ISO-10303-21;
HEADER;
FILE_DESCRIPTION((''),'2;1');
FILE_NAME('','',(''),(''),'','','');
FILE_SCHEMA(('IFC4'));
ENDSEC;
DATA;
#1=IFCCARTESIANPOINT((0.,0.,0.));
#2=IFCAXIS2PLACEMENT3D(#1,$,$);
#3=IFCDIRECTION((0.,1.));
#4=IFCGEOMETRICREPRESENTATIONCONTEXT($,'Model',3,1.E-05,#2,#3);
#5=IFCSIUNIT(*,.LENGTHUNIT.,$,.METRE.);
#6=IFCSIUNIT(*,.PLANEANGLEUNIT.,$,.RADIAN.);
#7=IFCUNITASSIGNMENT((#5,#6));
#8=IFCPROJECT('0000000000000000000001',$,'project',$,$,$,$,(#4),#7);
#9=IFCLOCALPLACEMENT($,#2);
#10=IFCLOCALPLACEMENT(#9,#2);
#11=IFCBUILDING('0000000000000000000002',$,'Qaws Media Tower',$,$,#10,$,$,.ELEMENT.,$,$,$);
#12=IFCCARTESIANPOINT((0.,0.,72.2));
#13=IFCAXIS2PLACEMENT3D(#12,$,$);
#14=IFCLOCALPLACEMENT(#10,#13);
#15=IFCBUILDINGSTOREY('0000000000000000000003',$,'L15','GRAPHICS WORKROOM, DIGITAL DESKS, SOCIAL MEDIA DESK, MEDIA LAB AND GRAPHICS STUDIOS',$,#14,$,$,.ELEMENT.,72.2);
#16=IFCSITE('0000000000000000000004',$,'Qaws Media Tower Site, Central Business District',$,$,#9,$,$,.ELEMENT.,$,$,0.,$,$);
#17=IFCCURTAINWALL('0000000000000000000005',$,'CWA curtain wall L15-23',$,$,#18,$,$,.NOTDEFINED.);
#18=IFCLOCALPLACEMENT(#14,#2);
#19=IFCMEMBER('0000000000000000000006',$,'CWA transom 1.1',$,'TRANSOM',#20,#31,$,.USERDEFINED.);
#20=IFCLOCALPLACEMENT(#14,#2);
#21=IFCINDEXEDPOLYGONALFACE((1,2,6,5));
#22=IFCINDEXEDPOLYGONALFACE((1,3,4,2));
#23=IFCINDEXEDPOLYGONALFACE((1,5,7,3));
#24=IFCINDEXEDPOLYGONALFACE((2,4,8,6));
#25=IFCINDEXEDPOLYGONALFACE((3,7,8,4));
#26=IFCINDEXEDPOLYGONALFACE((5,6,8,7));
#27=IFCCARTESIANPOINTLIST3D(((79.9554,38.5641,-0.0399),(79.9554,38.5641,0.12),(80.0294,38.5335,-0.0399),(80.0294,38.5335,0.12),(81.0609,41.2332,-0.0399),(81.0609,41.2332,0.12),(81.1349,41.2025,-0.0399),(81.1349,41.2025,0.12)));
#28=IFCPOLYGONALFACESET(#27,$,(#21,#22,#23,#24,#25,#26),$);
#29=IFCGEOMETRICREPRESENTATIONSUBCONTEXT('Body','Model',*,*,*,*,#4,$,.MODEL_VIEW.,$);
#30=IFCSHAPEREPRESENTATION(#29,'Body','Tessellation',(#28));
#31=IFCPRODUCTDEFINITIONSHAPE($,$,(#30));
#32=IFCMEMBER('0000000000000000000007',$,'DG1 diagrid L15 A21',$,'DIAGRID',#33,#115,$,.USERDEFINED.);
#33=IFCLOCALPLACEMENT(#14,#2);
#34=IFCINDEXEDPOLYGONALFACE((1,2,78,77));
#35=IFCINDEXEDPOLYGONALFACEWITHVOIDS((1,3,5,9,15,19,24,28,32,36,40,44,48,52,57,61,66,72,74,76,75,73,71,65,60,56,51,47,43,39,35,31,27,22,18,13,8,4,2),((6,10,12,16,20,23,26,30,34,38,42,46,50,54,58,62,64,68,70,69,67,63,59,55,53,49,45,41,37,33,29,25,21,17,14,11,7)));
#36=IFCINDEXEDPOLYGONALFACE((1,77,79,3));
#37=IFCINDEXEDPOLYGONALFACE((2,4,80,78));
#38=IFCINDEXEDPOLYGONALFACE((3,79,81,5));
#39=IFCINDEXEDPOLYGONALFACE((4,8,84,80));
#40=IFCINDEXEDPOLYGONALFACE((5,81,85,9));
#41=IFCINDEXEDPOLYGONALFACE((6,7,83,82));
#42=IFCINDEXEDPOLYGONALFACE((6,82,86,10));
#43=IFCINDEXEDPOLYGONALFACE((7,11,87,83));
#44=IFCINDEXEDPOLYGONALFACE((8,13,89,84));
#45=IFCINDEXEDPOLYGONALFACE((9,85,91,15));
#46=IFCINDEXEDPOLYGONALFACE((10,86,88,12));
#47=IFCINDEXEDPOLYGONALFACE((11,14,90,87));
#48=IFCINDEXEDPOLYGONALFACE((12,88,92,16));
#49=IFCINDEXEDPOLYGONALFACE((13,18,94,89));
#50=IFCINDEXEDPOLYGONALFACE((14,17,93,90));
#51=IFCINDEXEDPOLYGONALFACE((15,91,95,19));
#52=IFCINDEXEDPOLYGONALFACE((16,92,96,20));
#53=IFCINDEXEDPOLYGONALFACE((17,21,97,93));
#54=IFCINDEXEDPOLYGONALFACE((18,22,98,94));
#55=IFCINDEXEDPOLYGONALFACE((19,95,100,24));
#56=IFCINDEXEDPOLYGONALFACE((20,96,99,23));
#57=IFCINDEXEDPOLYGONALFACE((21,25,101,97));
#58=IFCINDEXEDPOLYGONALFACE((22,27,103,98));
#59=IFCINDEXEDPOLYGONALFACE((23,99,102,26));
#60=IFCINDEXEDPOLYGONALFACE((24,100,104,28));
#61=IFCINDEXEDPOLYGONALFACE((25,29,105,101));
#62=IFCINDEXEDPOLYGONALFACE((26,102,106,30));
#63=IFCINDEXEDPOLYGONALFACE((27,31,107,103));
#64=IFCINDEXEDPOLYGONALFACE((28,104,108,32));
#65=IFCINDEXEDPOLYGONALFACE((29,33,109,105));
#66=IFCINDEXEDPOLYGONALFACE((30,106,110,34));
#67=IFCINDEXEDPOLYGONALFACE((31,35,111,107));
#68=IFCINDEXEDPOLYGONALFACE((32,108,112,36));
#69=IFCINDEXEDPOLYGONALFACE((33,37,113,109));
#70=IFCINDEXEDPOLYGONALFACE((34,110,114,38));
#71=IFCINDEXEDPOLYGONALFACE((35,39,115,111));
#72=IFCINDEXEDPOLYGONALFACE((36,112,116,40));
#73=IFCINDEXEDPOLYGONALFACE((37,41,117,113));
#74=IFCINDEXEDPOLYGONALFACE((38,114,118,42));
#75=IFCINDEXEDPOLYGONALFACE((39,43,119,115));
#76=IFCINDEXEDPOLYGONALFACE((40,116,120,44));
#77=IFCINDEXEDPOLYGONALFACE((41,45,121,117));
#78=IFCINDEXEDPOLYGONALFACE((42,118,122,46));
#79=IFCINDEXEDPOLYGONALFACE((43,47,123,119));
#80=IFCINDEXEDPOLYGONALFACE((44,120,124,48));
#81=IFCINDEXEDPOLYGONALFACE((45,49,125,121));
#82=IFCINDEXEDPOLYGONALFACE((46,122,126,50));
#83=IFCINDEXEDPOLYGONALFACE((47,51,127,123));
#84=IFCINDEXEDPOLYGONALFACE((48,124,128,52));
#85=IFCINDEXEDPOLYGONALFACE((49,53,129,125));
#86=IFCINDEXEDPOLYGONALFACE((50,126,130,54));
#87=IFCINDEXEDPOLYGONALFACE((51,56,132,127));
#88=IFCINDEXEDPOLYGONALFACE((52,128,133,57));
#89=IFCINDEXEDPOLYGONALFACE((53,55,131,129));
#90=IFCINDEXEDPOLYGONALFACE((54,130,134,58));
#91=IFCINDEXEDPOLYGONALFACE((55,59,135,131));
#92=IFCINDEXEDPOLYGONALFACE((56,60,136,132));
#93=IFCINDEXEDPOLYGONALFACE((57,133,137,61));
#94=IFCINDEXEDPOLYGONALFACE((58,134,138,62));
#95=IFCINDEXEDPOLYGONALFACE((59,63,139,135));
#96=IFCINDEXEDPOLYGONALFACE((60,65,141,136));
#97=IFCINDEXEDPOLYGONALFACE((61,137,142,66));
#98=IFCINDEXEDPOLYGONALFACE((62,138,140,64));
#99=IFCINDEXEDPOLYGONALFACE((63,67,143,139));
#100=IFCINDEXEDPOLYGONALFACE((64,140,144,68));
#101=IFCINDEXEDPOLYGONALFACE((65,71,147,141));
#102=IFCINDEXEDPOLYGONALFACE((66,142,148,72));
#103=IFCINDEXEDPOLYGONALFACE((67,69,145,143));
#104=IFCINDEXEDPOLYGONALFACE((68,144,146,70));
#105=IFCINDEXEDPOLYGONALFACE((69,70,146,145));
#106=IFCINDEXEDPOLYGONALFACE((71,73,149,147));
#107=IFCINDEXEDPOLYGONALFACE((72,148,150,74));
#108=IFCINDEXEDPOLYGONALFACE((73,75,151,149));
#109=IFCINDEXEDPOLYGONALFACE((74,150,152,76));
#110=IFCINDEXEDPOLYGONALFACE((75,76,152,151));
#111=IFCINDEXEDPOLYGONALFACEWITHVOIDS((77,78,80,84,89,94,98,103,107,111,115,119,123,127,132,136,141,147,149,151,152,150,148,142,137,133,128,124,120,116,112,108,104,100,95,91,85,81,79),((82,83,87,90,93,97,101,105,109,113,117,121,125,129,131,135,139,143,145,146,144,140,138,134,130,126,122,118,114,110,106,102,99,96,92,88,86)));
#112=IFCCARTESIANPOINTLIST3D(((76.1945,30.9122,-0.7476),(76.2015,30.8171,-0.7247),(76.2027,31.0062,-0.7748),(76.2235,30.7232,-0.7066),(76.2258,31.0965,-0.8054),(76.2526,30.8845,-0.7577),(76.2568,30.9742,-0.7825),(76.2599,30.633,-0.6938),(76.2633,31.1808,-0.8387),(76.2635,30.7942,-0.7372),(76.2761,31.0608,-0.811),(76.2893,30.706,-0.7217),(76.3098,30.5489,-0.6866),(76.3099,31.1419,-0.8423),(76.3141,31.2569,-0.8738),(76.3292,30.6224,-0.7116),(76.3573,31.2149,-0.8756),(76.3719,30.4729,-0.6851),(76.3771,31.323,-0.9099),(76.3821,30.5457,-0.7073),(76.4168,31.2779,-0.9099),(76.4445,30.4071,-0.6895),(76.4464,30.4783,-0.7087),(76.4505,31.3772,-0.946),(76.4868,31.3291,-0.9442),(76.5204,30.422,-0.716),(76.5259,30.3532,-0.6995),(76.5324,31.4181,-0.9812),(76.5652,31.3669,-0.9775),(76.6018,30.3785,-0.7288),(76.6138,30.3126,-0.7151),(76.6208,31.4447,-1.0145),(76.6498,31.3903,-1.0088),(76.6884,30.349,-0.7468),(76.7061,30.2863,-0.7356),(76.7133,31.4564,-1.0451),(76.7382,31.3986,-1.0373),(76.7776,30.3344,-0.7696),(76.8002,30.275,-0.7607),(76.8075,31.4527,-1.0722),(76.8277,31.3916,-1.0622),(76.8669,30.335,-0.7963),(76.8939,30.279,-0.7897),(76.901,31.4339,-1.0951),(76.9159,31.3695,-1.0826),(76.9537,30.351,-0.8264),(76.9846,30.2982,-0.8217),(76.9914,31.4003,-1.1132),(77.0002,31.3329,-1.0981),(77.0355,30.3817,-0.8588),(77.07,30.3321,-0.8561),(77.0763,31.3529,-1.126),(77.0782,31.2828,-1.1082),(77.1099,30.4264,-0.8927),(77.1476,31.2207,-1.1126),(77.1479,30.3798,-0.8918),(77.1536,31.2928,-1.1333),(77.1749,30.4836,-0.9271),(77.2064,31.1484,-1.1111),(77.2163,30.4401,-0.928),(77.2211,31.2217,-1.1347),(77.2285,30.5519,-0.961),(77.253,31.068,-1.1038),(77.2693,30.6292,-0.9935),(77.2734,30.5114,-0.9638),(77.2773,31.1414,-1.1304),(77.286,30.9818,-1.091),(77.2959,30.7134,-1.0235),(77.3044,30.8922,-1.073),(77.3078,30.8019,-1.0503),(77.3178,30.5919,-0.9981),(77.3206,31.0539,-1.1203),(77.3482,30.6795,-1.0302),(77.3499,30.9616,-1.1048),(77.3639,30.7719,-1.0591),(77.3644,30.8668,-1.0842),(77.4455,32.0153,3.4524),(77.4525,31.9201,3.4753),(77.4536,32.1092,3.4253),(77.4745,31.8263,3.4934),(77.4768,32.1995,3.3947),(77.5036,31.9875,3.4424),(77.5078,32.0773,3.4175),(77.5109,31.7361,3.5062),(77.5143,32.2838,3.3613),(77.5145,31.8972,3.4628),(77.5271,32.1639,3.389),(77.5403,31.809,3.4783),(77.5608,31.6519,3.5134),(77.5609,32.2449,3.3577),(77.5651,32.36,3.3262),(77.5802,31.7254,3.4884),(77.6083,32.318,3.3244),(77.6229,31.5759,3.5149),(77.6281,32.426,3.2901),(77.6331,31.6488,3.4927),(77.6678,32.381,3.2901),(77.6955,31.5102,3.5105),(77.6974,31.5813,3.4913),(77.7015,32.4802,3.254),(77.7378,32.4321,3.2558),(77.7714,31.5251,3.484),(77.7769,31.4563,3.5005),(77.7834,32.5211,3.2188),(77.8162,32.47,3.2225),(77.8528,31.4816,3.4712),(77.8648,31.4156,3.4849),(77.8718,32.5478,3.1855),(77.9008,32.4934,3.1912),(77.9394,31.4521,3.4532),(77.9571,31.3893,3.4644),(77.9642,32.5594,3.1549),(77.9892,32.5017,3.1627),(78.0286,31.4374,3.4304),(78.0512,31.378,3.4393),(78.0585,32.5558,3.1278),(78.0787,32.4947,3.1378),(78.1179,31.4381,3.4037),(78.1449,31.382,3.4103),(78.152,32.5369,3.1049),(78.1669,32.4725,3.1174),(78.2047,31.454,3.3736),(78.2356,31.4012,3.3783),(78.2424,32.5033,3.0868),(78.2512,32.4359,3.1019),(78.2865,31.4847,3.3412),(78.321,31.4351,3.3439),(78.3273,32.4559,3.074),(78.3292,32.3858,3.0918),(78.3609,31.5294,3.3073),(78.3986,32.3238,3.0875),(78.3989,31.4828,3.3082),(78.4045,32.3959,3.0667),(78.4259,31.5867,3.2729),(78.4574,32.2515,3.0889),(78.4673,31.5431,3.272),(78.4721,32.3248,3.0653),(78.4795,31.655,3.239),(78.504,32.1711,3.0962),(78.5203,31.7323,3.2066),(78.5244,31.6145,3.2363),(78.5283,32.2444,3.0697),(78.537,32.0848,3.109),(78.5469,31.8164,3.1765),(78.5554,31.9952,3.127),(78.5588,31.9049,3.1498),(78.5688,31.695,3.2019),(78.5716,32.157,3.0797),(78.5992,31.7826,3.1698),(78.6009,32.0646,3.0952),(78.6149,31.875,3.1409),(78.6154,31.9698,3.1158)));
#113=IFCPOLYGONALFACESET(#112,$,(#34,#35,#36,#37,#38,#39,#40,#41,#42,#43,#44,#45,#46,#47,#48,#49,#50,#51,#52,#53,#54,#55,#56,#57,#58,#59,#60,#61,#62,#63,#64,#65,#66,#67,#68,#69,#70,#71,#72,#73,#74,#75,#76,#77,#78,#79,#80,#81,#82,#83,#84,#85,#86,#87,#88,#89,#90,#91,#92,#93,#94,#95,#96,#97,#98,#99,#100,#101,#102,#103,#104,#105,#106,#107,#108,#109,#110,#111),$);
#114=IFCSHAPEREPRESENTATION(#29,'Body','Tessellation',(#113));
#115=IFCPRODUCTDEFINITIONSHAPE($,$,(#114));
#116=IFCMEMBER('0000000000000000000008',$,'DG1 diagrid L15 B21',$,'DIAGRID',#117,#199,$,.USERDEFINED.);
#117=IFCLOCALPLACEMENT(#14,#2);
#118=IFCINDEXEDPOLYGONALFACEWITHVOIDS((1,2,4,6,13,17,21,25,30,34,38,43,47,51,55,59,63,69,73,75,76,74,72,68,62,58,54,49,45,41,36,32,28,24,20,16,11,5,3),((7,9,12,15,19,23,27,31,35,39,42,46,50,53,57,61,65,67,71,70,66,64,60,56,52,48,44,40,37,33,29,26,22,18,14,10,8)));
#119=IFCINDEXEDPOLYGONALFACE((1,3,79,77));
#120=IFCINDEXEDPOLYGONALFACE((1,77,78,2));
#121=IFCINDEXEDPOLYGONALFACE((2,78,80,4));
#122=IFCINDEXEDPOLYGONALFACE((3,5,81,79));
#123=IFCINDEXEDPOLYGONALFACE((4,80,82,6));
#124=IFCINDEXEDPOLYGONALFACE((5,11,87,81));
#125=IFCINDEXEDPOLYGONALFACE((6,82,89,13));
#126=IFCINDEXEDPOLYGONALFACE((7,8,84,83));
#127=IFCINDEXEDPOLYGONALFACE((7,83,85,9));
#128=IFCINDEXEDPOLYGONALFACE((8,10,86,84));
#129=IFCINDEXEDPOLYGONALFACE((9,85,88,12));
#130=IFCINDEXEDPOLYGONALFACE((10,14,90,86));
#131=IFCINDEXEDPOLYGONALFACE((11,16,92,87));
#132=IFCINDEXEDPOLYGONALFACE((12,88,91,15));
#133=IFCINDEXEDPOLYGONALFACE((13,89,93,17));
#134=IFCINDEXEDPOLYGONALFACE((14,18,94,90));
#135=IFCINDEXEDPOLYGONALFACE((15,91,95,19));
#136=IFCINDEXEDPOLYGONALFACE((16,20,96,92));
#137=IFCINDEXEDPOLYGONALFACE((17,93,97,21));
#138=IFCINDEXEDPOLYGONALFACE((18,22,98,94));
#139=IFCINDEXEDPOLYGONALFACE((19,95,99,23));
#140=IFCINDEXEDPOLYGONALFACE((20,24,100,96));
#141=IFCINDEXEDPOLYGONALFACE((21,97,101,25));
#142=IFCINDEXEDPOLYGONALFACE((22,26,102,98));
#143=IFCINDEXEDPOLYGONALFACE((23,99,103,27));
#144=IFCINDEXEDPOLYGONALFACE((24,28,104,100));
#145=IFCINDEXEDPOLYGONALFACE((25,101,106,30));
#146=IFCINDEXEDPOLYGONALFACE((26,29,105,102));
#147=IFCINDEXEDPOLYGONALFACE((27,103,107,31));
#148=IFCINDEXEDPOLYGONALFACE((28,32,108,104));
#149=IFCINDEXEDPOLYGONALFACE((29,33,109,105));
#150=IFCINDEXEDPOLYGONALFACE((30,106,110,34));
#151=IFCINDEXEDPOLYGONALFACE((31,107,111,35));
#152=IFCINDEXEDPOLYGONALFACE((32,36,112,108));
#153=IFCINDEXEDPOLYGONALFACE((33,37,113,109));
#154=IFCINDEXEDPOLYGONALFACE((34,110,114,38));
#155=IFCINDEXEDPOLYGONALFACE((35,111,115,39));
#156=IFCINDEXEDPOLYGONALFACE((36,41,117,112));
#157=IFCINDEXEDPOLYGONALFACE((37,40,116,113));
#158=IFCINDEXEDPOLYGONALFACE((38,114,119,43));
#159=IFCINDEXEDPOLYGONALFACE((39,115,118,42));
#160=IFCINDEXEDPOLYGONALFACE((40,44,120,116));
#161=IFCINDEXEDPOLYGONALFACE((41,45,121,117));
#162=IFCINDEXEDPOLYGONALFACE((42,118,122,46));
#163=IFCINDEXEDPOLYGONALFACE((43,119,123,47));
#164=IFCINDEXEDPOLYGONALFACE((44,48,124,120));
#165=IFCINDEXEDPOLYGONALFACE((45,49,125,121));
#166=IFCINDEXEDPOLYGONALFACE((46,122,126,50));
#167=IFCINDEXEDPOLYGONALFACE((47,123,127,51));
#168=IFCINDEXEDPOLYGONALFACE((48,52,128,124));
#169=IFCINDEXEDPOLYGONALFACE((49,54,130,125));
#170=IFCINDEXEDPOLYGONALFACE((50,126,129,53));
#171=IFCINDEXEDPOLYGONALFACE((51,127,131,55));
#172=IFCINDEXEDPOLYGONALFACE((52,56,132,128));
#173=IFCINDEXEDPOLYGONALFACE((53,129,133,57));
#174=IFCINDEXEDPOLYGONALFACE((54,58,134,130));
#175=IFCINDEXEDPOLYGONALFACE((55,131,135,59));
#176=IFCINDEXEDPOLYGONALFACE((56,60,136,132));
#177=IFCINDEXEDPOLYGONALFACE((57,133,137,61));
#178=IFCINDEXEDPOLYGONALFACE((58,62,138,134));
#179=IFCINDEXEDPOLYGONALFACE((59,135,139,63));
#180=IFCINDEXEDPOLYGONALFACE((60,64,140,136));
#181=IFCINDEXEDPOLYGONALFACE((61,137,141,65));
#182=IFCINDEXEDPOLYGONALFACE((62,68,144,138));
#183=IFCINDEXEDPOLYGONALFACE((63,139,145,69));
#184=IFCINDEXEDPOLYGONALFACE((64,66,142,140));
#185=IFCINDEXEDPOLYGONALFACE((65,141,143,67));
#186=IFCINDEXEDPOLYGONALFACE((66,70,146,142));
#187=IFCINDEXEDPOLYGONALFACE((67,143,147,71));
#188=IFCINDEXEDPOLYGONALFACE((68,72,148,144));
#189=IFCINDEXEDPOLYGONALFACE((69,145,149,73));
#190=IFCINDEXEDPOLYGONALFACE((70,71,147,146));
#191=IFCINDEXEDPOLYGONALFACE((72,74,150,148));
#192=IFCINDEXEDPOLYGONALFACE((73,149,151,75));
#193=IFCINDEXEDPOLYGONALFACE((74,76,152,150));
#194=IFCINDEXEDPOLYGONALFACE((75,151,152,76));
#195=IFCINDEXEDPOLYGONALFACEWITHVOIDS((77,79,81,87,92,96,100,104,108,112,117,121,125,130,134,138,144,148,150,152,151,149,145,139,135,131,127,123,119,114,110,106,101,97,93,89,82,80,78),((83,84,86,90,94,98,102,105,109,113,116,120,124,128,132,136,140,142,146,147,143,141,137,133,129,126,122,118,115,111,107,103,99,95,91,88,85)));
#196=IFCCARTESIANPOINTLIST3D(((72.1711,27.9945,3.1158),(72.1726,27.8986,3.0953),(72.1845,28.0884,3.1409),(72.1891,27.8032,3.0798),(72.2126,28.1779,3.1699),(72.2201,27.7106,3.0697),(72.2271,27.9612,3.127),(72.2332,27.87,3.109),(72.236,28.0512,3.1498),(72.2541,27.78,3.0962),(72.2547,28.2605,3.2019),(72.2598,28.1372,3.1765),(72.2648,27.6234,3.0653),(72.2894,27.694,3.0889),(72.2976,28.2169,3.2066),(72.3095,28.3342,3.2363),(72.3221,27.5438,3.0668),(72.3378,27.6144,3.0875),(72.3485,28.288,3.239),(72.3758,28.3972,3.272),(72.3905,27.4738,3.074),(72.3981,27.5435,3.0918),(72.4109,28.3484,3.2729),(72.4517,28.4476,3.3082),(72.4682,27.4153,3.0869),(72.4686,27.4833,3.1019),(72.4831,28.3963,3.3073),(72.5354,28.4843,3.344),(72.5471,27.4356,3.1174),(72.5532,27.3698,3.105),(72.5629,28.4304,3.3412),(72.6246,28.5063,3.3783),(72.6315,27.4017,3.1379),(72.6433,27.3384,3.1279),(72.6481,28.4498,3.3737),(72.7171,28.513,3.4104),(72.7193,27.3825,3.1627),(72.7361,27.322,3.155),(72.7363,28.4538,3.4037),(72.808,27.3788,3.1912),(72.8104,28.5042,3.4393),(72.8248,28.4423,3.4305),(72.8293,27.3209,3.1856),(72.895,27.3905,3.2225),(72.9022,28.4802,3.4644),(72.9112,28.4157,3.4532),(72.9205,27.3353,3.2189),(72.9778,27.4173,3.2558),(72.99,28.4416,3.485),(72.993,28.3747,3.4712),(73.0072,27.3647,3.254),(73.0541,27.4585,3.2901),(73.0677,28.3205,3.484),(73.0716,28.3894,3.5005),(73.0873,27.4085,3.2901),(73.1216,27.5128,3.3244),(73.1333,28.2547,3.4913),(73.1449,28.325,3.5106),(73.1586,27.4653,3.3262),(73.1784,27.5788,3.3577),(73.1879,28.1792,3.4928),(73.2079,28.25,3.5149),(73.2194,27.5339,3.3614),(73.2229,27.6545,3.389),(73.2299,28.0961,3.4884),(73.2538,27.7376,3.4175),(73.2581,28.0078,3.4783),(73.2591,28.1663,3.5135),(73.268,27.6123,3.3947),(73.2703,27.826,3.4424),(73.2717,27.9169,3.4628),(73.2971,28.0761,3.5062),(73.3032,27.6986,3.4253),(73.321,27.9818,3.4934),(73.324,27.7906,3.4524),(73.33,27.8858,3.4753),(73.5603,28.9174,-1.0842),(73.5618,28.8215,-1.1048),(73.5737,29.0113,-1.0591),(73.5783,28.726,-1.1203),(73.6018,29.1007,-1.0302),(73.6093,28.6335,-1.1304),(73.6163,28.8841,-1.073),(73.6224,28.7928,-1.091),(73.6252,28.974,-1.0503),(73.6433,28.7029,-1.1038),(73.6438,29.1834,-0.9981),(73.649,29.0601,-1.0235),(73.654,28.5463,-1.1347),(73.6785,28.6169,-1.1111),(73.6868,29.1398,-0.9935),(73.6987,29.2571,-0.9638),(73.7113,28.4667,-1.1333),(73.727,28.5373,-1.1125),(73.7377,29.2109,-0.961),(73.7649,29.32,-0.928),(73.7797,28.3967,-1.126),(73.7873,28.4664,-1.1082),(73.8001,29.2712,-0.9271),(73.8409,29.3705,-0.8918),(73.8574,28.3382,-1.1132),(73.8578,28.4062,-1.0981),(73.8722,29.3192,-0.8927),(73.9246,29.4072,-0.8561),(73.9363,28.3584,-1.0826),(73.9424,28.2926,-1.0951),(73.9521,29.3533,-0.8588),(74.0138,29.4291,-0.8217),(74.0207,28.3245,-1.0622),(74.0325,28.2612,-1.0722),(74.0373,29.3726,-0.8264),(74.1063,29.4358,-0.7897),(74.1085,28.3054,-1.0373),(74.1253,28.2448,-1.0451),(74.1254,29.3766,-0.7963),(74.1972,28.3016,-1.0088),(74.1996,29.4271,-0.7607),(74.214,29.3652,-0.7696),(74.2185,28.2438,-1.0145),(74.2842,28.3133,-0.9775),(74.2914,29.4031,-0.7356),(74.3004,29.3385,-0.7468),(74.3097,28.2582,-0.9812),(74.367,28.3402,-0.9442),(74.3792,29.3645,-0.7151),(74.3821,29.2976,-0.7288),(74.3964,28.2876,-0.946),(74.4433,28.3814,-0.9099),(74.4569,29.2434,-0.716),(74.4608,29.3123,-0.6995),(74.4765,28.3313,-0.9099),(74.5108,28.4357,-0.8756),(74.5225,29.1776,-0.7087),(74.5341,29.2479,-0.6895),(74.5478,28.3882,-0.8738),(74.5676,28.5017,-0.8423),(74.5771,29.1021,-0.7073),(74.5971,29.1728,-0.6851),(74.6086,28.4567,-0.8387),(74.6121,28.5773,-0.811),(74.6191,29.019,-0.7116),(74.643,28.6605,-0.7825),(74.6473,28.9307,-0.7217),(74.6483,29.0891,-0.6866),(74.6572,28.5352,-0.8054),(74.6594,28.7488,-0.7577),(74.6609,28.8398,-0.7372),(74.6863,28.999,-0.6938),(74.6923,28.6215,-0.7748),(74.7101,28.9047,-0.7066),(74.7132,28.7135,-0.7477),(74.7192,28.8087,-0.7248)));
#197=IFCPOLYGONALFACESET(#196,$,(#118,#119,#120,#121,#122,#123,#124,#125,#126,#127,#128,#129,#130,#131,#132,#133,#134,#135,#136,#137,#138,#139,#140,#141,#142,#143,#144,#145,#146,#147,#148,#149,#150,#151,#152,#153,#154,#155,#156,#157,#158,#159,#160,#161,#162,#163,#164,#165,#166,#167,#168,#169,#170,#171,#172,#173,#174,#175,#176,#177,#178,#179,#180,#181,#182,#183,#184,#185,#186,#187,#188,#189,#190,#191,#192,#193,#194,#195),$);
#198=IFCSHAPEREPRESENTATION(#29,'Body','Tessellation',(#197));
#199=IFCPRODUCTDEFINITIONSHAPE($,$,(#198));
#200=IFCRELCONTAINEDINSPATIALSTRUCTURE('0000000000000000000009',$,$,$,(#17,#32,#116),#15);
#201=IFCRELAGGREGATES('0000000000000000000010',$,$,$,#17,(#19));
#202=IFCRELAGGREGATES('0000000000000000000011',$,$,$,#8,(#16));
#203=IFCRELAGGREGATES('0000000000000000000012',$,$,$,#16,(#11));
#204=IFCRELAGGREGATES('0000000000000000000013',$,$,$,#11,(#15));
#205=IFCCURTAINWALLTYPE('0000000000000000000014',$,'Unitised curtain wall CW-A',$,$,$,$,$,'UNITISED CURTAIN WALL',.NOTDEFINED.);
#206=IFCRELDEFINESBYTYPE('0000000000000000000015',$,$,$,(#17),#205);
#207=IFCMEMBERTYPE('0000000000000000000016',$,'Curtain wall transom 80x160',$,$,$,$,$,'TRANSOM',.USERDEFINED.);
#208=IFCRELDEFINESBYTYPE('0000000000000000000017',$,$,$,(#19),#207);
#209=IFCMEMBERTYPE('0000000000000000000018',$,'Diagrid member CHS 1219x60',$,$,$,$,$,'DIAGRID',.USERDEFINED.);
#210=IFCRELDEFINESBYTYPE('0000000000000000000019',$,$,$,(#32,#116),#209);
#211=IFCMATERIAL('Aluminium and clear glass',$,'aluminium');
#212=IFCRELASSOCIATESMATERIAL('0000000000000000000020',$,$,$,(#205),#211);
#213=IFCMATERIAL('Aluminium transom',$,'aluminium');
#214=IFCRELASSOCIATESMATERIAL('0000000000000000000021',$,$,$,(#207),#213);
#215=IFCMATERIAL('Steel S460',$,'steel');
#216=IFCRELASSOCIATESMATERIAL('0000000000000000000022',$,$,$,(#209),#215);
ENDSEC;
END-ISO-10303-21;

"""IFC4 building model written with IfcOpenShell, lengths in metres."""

from ifc_helpers import new_model, si_unit, direction, frame, origin, origin_2d, place, context, subcontext, project, spatial, rectangle, hollow_circle, extrude, material, material_profile, profile_set, type_object, element, aggregate, save


model = new_model("IFC4")

# Units and contexts
model_context = context("Model", 3, precision=1e-05, world=origin(), true_north=direction((0.0, 1.0)))
body_context = subcontext(model_context, "Body", "Model", "MODEL_VIEW")
ifc_project = project(units=[si_unit("LENGTHUNIT", "METRE"), si_unit("PLANEANGLEUNIT", "RADIAN")], contexts=[model_context])

# Site, building, storey
site_placement = place(None, origin())
site = spatial("IfcSite", under=ifc_project, at=site_placement, Name="Qaws Media Tower Site, Central Business District", CompositionType="ELEMENT", RefElevation=0.0)
building_placement = place(site_placement, origin())
building = spatial("IfcBuilding", under=site, at=building_placement, Name="Qaws Media Tower", CompositionType="ELEMENT")
storey_placement = place(building_placement, frame((0.0, 0.0, 72.2)))
storey = spatial("IfcBuildingStorey", under=building, at=storey_placement, Name="L15", Description="GRAPHICS WORKROOM, DIGITAL DESKS, SOCIAL MEDIA DESK, MEDIA LAB AND GRAPHICS STUDIOS", CompositionType="ELEMENT", Elevation=72.2)

# Shared definitions
ifc_material_1 = material(Name="Aluminium and clear glass", Category="aluminium")
curtain_wall_type = type_object("IfcCurtainWallType", Name="Unitised curtain wall CW-A", ElementType="UNITISED CURTAIN WALL", PredefinedType="NOTDEFINED", material=ifc_material_1)

# Curtain wall
curtain_wall_1_placement = place(storey_placement, origin())
curtain_wall_1 = element("IfcCurtainWall", 1, at=curtain_wall_1_placement, inside=storey, type_object=curtain_wall_type, Name="CWA curtain wall L15-23", PredefinedType="NOTDEFINED")

# Member
ifc_material_2 = material(Name="Aluminium transom", Category="aluminium")
ifc_material_profile_1 = material_profile(ifc_material_2, rectangle(XDim=0.0801, YDim=0.1599, at=origin_2d()), Name="80x160")
ifc_profile_set_1 = profile_set([ifc_material_profile_1], Name="Aluminium transom")
member_type_1 = type_object("IfcMemberType", Name="Curtain wall transom 80x160", ElementType="TRANSOM", PredefinedType="USERDEFINED", material=ifc_profile_set_1)
member_1_placement = place(storey_placement, frame((79.9924, 38.5488, 0.04), z_axis=(0.38267, 0.923885, 0.0), x_axis=(-0.923885, 0.38267, 0.0)))
member_1 = element("IfcMember", 2, at=member_1_placement, type_object=member_type_1, Name="CWA transom 1.1", ObjectType="TRANSOM", PredefinedType="USERDEFINED", context=body_context, shape_type="SweptSolid", body=[
    extrude(rectangle(XDim=0.0801, YDim=0.1599, at=origin_2d()), origin(), (0.0, 0.0, 1.0), 2.8889),
])
aggregate(curtain_wall_1, [member_1])

# Members
ifc_material_3 = material(Name="Steel S460", Category="steel")
ifc_material_profile_2 = material_profile(ifc_material_3, hollow_circle(Radius=0.6096, WallThickness=0.0601, at=origin_2d()), Name="CHS 1219x60")
ifc_profile_set_2 = profile_set([ifc_material_profile_2], Name="Steel S460")
member_type_2 = type_object("IfcMemberType", Name="Diagrid member CHS 1219x60", ElementType="DIAGRID", PredefinedType="USERDEFINED", material=ifc_profile_set_2)
for number, where, z_axis, x_axis, name in (
    (3, (76.7803, 30.8657, -0.9099), (0.276827, 0.244088, 0.929402), (-0.66136, 0.750068, 0.0), "DG1 diagrid L15 A21"),
    (4, (74.1392, 28.8391, -0.9099), (-0.307407, -0.204218, 0.929406), (0.553348, -0.83295, 0.0), "DG1 diagrid L15 B21"),
):
    element("IfcMember", number, at=place(storey_placement, frame(where, z_axis=z_axis, x_axis=x_axis)), inside=storey, type_object=member_type_2, Name=name, ObjectType="DIAGRID", PredefinedType="USERDEFINED", context=body_context, shape_type="SweptSolid", body=[
        extrude(hollow_circle(Radius=0.6096, WallThickness=0.0601, at=origin_2d()), origin(), (0.0, 0.0, 1.0), 4.519),
    ])

save(model, "model.ifc")
